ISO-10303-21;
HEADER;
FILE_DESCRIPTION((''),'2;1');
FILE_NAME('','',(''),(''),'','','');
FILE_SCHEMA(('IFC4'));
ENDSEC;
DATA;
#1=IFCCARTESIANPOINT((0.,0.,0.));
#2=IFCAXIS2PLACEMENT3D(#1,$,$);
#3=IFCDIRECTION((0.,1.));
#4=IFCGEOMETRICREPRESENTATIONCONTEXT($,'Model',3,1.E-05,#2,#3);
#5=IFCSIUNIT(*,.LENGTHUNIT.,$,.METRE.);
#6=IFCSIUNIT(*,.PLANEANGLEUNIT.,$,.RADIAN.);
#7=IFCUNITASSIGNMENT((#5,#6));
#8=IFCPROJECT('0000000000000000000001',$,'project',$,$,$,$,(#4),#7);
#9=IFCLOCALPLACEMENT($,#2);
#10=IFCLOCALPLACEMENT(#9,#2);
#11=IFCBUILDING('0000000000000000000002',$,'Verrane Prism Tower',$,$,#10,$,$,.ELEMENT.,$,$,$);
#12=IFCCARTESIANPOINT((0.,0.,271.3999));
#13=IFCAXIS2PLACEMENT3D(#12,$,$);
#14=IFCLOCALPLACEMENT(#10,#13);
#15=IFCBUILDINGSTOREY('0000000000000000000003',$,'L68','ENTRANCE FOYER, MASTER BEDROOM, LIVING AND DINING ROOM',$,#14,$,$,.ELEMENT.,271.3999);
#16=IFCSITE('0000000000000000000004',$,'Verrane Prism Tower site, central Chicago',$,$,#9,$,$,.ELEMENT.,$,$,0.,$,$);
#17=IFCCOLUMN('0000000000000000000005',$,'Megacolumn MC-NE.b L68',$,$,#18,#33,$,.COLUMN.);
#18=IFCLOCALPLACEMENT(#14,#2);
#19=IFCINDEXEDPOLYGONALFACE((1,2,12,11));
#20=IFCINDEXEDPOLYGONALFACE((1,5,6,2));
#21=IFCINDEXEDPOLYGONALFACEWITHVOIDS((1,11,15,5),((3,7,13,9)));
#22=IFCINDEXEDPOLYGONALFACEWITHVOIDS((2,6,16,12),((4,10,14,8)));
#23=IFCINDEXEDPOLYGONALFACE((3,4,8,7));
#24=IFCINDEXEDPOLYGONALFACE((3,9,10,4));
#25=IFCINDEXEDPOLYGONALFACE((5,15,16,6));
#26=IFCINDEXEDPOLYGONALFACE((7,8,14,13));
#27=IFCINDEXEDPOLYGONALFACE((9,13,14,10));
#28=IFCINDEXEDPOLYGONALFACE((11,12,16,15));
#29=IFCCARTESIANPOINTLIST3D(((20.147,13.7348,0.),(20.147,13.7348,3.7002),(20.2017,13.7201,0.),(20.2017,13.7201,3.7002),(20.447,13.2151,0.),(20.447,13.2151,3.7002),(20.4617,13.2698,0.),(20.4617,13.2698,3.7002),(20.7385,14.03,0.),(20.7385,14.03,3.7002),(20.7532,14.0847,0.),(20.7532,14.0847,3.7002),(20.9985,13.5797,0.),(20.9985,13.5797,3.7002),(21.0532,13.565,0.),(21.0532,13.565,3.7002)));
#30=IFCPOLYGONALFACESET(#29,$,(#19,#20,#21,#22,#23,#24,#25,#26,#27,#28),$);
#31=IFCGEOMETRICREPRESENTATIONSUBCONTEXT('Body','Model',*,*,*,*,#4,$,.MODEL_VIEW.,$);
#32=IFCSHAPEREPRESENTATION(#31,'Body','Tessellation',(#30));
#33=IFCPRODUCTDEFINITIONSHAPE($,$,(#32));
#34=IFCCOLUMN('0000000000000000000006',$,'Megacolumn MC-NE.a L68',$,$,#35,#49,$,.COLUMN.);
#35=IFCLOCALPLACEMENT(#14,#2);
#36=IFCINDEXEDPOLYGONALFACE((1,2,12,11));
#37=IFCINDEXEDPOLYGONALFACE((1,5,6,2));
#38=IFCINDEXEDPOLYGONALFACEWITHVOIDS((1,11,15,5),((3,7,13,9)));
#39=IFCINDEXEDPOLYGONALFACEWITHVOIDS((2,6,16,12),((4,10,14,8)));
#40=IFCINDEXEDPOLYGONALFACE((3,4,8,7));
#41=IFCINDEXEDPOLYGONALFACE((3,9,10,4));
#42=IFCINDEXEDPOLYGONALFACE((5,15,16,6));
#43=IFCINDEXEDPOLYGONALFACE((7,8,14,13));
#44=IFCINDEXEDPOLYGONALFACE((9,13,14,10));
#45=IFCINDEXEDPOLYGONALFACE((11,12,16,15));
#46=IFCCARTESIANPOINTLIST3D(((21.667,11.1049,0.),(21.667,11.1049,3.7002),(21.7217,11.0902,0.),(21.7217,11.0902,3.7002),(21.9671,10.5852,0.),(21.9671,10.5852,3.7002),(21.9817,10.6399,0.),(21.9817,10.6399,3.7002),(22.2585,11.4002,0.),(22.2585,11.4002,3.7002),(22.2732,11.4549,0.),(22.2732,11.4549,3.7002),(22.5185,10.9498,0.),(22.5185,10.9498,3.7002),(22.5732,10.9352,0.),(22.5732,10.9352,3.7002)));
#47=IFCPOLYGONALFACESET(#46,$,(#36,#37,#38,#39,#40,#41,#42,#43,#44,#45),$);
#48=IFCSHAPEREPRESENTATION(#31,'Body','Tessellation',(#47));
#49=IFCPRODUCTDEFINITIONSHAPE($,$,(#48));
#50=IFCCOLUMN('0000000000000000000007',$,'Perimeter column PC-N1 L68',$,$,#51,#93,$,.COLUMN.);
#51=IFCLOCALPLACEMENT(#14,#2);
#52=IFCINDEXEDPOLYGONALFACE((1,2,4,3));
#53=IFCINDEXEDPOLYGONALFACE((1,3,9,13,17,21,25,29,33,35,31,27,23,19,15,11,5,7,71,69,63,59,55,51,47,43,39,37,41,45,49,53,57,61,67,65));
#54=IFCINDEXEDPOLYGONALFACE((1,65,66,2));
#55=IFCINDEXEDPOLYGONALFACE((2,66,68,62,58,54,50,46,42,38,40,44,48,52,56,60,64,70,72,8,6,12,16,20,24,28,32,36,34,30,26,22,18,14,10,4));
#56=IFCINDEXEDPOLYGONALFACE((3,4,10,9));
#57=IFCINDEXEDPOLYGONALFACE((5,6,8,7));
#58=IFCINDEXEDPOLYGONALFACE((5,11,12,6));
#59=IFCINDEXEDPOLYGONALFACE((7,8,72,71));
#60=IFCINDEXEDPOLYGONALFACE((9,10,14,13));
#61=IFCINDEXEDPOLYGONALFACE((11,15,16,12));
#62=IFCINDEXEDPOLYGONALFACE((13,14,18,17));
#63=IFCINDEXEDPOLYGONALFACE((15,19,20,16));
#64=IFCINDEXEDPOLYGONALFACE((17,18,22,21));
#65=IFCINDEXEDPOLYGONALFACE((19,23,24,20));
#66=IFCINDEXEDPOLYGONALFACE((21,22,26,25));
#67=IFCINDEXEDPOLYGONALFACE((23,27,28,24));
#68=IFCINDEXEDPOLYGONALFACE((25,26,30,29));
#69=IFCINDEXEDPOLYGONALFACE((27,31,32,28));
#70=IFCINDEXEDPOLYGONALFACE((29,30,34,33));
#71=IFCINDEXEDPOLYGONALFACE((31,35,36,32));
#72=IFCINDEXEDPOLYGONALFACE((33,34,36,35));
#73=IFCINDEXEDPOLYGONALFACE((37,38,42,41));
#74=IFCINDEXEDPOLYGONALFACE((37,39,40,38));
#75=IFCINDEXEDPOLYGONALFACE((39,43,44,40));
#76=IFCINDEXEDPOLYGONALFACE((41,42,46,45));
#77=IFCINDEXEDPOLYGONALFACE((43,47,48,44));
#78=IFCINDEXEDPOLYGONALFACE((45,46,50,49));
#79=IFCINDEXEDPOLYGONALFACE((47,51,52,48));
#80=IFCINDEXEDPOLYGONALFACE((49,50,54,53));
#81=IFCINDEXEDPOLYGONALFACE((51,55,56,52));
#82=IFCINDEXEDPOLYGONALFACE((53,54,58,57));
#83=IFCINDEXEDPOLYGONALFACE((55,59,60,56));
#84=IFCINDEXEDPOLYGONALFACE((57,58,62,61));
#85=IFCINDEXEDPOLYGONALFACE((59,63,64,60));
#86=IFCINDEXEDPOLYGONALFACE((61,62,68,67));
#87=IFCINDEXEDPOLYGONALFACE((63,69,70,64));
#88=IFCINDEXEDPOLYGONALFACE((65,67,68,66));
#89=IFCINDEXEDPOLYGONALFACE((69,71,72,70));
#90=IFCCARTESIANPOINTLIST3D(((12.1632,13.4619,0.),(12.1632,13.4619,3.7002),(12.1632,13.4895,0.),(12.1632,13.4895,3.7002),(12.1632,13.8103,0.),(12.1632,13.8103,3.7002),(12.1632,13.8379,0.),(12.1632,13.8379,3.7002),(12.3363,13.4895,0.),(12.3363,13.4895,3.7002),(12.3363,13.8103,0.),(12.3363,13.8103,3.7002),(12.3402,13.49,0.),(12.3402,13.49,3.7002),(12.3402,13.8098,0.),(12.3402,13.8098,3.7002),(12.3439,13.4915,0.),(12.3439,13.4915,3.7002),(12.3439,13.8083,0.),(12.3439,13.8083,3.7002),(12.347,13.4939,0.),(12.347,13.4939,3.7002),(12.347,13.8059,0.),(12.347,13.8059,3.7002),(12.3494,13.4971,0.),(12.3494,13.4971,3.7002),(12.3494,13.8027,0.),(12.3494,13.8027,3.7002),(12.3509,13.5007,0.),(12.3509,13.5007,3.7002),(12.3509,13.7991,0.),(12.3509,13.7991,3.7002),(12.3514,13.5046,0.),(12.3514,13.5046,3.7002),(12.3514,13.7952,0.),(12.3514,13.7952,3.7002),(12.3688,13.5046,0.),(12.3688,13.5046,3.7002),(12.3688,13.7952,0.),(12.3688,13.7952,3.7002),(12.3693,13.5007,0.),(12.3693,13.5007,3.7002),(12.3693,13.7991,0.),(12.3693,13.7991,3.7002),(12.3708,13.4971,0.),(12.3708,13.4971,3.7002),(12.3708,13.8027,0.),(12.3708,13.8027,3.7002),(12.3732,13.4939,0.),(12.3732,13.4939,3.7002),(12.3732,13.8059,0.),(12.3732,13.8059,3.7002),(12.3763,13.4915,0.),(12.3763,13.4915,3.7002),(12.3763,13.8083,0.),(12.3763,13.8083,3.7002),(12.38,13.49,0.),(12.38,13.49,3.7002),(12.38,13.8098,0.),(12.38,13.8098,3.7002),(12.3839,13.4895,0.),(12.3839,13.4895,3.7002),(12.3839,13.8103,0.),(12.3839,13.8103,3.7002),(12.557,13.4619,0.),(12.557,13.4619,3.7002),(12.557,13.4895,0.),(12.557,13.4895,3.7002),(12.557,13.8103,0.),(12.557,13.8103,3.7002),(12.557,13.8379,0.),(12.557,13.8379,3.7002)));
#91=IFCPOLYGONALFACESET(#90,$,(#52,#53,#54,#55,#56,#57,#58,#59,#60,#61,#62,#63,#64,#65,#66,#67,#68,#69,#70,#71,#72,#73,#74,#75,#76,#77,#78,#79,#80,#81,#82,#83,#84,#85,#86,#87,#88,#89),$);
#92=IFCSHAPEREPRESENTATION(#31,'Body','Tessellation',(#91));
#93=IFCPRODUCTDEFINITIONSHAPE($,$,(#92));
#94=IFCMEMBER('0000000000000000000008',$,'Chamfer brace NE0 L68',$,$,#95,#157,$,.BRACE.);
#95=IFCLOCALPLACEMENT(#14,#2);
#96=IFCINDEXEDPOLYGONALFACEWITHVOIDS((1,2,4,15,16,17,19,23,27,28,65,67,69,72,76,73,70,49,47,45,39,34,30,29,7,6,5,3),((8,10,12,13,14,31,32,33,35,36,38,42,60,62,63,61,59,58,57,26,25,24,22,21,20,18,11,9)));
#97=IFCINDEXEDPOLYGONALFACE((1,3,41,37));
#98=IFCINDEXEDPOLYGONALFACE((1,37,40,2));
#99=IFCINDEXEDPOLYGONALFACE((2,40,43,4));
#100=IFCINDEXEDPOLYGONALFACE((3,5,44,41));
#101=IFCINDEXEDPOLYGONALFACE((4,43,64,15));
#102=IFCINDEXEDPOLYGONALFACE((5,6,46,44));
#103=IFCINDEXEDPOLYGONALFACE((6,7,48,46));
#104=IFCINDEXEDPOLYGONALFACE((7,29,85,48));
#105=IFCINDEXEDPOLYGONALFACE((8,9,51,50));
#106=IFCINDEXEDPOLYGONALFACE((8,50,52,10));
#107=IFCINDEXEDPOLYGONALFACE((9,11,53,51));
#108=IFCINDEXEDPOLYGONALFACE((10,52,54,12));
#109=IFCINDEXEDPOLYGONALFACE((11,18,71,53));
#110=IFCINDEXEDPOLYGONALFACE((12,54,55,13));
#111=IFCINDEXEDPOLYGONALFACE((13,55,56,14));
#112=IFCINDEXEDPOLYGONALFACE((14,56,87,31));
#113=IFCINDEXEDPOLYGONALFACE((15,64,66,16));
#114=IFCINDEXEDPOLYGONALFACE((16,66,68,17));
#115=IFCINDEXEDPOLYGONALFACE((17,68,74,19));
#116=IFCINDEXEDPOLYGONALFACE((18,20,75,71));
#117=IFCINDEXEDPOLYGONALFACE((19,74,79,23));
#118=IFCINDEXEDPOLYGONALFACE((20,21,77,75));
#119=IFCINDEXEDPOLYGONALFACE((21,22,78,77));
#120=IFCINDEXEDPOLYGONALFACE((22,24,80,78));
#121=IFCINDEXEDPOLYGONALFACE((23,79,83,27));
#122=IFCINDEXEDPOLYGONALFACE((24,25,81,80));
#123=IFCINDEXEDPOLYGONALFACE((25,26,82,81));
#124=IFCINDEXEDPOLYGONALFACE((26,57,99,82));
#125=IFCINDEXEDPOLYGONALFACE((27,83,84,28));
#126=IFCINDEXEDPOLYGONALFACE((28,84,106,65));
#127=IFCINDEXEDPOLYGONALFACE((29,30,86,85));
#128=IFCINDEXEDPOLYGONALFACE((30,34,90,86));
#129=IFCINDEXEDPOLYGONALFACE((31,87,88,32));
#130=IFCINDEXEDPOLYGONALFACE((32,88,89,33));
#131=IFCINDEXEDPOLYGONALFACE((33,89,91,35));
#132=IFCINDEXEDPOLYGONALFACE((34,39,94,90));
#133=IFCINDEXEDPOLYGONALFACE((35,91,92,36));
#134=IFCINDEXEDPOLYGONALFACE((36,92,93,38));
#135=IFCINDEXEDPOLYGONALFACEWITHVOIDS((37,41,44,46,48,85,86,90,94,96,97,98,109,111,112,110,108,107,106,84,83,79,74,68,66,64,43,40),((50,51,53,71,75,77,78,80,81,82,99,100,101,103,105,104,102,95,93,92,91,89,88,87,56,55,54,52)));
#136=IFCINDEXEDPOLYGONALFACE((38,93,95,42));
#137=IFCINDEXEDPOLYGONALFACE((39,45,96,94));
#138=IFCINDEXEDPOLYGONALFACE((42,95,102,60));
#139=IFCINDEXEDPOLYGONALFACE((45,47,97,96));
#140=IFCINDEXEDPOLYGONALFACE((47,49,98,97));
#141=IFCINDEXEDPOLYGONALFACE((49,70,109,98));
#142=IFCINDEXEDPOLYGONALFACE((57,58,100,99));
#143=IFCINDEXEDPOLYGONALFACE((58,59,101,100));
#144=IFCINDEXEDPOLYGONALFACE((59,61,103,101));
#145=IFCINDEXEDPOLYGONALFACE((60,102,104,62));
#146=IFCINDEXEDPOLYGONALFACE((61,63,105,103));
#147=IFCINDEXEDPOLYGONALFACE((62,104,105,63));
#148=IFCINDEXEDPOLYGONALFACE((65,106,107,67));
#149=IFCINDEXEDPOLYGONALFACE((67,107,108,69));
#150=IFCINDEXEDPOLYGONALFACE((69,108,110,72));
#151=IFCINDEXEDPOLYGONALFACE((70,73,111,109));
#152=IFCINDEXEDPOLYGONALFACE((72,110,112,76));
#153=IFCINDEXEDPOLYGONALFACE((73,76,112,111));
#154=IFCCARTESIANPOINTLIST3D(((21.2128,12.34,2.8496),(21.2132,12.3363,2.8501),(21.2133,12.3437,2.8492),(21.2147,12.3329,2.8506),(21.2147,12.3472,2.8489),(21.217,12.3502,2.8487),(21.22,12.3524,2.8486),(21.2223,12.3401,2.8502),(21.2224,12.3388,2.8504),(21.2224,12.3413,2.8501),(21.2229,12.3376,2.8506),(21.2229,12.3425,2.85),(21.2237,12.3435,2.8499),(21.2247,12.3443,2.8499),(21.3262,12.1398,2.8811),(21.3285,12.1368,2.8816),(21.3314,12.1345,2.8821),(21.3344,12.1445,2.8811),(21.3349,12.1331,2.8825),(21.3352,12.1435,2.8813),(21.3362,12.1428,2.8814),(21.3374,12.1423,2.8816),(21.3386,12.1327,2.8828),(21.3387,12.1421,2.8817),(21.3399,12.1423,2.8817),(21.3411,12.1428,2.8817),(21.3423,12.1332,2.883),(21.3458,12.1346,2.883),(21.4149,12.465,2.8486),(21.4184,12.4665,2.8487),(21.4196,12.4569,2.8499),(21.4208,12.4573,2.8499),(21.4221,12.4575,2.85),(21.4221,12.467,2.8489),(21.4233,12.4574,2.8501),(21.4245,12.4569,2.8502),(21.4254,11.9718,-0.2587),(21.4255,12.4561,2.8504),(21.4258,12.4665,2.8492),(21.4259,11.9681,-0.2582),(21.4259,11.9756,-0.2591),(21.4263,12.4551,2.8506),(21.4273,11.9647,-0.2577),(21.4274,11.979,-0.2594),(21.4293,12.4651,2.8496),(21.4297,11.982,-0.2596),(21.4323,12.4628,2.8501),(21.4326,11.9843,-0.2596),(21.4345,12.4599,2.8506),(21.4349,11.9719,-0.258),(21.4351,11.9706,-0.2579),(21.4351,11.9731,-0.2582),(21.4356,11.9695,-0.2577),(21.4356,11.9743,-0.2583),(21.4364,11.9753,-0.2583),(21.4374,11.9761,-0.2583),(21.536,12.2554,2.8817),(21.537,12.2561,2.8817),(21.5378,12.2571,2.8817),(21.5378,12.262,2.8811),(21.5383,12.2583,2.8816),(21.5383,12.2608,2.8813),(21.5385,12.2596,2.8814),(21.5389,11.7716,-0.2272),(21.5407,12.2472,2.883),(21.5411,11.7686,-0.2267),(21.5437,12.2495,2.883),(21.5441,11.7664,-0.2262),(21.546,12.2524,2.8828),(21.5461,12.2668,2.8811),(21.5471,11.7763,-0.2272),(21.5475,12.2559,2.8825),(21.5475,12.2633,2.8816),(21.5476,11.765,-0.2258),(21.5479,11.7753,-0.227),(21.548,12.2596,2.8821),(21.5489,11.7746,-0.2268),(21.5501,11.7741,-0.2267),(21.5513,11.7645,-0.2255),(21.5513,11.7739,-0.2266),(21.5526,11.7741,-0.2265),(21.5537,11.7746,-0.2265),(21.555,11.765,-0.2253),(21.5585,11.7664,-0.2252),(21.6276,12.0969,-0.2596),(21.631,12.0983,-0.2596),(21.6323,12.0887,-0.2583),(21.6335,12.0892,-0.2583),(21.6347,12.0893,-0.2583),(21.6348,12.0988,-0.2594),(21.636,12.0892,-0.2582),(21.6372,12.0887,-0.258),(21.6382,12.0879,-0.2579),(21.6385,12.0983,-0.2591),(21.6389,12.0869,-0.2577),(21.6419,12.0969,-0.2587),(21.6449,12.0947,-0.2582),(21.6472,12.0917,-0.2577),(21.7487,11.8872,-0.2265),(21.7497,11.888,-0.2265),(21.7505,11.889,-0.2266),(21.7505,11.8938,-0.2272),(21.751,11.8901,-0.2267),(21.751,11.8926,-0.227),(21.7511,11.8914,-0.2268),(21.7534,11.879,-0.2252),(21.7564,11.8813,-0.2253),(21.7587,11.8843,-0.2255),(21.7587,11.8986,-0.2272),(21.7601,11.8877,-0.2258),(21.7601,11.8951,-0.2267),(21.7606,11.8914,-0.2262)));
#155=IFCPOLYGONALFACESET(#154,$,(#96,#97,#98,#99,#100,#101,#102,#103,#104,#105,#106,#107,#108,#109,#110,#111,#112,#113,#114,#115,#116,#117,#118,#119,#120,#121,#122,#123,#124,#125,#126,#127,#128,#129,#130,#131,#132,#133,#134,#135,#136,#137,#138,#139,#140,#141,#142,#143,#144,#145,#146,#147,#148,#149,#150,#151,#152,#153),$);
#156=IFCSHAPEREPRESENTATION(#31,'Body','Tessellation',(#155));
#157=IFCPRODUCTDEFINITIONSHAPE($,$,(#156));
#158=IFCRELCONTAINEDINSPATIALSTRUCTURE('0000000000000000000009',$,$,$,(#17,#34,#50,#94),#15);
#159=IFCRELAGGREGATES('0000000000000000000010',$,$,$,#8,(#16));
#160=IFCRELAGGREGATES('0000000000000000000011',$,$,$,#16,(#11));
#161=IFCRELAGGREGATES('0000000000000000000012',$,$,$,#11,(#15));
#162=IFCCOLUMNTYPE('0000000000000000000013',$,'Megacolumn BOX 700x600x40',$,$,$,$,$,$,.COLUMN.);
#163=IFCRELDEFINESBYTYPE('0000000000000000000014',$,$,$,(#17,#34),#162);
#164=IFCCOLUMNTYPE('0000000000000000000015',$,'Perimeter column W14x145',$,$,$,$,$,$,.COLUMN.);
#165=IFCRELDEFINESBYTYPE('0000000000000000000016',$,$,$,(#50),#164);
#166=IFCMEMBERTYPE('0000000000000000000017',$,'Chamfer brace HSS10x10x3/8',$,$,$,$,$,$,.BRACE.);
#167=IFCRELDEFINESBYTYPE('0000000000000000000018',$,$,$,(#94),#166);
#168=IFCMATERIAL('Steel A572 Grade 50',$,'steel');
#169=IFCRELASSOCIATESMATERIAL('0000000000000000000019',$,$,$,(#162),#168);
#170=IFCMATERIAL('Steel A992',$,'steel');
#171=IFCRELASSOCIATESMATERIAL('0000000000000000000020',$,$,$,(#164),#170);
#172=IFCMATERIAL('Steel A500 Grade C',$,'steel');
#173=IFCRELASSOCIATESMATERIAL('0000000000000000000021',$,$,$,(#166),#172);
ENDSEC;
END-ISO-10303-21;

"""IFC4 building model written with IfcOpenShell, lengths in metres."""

from ifc_helpers import new_model, si_unit, direction, frame, origin, origin_2d, place, context, subcontext, project, spatial, hollow_rectangle, i_section, extrude, material, material_profile, profile_set, type_object, element, save


model = new_model("IFC4")

# Units and contexts
model_context = context("Model", 3, precision=1e-05, world=origin(), true_north=direction((0.0, 1.0)))
body_context = subcontext(model_context, "Body", "Model", "MODEL_VIEW")
ifc_project = project(units=[si_unit("LENGTHUNIT", "METRE"), si_unit("PLANEANGLEUNIT", "RADIAN")], contexts=[model_context])

# Site, building, storey
site_placement = place(None, origin())
site = spatial("IfcSite", under=ifc_project, at=site_placement, Name="Verrane Prism Tower site, central Chicago", CompositionType="ELEMENT", RefElevation=0.0)
building_placement = place(site_placement, origin())
building = spatial("IfcBuilding", under=site, at=building_placement, Name="Verrane Prism Tower", CompositionType="ELEMENT")
storey_placement = place(building_placement, frame((0.0, 0.0, 271.3999)))
storey = spatial("IfcBuildingStorey", under=building, at=storey_placement, Name="L68", Description="ENTRANCE FOYER, MASTER BEDROOM, LIVING AND DINING ROOM", CompositionType="ELEMENT", Elevation=271.3999)

# Columns
ifc_material_1 = material(Name="Steel A572 Grade 50", Category="steel")
ifc_material_profile_1 = material_profile(ifc_material_1, hollow_rectangle(XDim=0.6001, YDim=0.7, WallThickness=0.04, at=origin_2d()), Name="BOX 700x600x40")
ifc_profile_set_1 = profile_set([ifc_material_profile_1], Name="Steel A572 Grade 50")
column_type_1 = type_object("IfcColumnType", Name="Megacolumn BOX 700x600x40", PredefinedType="COLUMN", material=ifc_profile_set_1)
for number, where, z_axis, x_axis, name in (
    (1, (20.6001, 13.6499, 0.0), (0.0, 0.0, 1.0), (0.5, -0.866025, 0.0), "Megacolumn MC-NE.b L68"),
    (2, (22.1201, 11.02, 0.0), (0.0, 0.0, 1.0), (0.5, -0.866025, 0.0), "Megacolumn MC-NE.a L68"),
):
    element("IfcColumn", number, at=place(storey_placement, frame(where, z_axis=z_axis, x_axis=x_axis)), inside=storey, type_object=column_type_1, Name=name, PredefinedType="COLUMN", context=body_context, shape_type="SweptSolid", body=[
        extrude(hollow_rectangle(XDim=0.6001, YDim=0.7, WallThickness=0.04, at=origin_2d()), origin(), (0.0, 0.0, 1.0), 3.7002),
    ])
ifc_material_2 = material(Name="Steel A992", Category="steel")
ifc_material_profile_2 = material_profile(ifc_material_2, i_section(OverallWidth=0.3938, OverallDepth=0.376, WebThickness=0.0173, FlangeThickness=0.0276, FilletRadius=0.0151, at=origin_2d()), Name="W14x145")
ifc_profile_set_2 = profile_set([ifc_material_profile_2], Name="Steel A992")
column_type_2 = type_object("IfcColumnType", Name="Perimeter column W14x145", PredefinedType="COLUMN", material=ifc_profile_set_2)
column_placement = place(storey_placement, frame((12.3601, 13.6499, 0.0), z_axis=(0.0, 0.0, 1.0), x_axis=(1.0, 0.0, 0.0)))
element("IfcColumn", 3, at=column_placement, inside=storey, type_object=column_type_2, Name="Perimeter column PC-N1 L68", PredefinedType="COLUMN", context=body_context, shape_type="SweptSolid", body=[
    extrude(i_section(OverallWidth=0.3938, OverallDepth=0.376, WebThickness=0.0173, FlangeThickness=0.0276, FilletRadius=0.0151, at=origin_2d()), origin(), (0.0, 0.0, 1.0), 3.7002),
])

# Member
ifc_material_3 = material(Name="Steel A500 Grade C", Category="steel")
ifc_material_profile_3 = material_profile(ifc_material_3, hollow_rectangle(XDim=0.2539, YDim=0.2539, WallThickness=0.0095, InnerFilletRadius=0.0049, OuterFilletRadius=0.0144, at=origin_2d()), Name="HSS10x10x3/8")
ifc_profile_set_3 = profile_set([ifc_material_profile_3], Name="Steel A500 Grade C")
member_type_1 = type_object("IfcMemberType", Name="Chamfer brace HSS10x10x3/8", PredefinedType="BRACE", material=ifc_profile_set_3)
member_1_placement = place(storey_placement, frame((21.593, 11.9316, -0.2424), z_axis=(-0.067784, 0.117358, 0.990774), x_axis=(-0.865937, -0.500153, 0.0)))
element("IfcMember", 4, at=member_1_placement, inside=storey, type_object=member_type_1, Name="Chamfer brace NE0 L68", PredefinedType="BRACE", context=body_context, shape_type="SweptSolid", body=[
    extrude(hollow_rectangle(XDim=0.2539, YDim=0.2539, WallThickness=0.0095, InnerFilletRadius=0.0049, OuterFilletRadius=0.0144, at=origin_2d()), origin(), (0.0, 0.0, 1.0), 3.1372),
])

save(model, "model.ifc")
